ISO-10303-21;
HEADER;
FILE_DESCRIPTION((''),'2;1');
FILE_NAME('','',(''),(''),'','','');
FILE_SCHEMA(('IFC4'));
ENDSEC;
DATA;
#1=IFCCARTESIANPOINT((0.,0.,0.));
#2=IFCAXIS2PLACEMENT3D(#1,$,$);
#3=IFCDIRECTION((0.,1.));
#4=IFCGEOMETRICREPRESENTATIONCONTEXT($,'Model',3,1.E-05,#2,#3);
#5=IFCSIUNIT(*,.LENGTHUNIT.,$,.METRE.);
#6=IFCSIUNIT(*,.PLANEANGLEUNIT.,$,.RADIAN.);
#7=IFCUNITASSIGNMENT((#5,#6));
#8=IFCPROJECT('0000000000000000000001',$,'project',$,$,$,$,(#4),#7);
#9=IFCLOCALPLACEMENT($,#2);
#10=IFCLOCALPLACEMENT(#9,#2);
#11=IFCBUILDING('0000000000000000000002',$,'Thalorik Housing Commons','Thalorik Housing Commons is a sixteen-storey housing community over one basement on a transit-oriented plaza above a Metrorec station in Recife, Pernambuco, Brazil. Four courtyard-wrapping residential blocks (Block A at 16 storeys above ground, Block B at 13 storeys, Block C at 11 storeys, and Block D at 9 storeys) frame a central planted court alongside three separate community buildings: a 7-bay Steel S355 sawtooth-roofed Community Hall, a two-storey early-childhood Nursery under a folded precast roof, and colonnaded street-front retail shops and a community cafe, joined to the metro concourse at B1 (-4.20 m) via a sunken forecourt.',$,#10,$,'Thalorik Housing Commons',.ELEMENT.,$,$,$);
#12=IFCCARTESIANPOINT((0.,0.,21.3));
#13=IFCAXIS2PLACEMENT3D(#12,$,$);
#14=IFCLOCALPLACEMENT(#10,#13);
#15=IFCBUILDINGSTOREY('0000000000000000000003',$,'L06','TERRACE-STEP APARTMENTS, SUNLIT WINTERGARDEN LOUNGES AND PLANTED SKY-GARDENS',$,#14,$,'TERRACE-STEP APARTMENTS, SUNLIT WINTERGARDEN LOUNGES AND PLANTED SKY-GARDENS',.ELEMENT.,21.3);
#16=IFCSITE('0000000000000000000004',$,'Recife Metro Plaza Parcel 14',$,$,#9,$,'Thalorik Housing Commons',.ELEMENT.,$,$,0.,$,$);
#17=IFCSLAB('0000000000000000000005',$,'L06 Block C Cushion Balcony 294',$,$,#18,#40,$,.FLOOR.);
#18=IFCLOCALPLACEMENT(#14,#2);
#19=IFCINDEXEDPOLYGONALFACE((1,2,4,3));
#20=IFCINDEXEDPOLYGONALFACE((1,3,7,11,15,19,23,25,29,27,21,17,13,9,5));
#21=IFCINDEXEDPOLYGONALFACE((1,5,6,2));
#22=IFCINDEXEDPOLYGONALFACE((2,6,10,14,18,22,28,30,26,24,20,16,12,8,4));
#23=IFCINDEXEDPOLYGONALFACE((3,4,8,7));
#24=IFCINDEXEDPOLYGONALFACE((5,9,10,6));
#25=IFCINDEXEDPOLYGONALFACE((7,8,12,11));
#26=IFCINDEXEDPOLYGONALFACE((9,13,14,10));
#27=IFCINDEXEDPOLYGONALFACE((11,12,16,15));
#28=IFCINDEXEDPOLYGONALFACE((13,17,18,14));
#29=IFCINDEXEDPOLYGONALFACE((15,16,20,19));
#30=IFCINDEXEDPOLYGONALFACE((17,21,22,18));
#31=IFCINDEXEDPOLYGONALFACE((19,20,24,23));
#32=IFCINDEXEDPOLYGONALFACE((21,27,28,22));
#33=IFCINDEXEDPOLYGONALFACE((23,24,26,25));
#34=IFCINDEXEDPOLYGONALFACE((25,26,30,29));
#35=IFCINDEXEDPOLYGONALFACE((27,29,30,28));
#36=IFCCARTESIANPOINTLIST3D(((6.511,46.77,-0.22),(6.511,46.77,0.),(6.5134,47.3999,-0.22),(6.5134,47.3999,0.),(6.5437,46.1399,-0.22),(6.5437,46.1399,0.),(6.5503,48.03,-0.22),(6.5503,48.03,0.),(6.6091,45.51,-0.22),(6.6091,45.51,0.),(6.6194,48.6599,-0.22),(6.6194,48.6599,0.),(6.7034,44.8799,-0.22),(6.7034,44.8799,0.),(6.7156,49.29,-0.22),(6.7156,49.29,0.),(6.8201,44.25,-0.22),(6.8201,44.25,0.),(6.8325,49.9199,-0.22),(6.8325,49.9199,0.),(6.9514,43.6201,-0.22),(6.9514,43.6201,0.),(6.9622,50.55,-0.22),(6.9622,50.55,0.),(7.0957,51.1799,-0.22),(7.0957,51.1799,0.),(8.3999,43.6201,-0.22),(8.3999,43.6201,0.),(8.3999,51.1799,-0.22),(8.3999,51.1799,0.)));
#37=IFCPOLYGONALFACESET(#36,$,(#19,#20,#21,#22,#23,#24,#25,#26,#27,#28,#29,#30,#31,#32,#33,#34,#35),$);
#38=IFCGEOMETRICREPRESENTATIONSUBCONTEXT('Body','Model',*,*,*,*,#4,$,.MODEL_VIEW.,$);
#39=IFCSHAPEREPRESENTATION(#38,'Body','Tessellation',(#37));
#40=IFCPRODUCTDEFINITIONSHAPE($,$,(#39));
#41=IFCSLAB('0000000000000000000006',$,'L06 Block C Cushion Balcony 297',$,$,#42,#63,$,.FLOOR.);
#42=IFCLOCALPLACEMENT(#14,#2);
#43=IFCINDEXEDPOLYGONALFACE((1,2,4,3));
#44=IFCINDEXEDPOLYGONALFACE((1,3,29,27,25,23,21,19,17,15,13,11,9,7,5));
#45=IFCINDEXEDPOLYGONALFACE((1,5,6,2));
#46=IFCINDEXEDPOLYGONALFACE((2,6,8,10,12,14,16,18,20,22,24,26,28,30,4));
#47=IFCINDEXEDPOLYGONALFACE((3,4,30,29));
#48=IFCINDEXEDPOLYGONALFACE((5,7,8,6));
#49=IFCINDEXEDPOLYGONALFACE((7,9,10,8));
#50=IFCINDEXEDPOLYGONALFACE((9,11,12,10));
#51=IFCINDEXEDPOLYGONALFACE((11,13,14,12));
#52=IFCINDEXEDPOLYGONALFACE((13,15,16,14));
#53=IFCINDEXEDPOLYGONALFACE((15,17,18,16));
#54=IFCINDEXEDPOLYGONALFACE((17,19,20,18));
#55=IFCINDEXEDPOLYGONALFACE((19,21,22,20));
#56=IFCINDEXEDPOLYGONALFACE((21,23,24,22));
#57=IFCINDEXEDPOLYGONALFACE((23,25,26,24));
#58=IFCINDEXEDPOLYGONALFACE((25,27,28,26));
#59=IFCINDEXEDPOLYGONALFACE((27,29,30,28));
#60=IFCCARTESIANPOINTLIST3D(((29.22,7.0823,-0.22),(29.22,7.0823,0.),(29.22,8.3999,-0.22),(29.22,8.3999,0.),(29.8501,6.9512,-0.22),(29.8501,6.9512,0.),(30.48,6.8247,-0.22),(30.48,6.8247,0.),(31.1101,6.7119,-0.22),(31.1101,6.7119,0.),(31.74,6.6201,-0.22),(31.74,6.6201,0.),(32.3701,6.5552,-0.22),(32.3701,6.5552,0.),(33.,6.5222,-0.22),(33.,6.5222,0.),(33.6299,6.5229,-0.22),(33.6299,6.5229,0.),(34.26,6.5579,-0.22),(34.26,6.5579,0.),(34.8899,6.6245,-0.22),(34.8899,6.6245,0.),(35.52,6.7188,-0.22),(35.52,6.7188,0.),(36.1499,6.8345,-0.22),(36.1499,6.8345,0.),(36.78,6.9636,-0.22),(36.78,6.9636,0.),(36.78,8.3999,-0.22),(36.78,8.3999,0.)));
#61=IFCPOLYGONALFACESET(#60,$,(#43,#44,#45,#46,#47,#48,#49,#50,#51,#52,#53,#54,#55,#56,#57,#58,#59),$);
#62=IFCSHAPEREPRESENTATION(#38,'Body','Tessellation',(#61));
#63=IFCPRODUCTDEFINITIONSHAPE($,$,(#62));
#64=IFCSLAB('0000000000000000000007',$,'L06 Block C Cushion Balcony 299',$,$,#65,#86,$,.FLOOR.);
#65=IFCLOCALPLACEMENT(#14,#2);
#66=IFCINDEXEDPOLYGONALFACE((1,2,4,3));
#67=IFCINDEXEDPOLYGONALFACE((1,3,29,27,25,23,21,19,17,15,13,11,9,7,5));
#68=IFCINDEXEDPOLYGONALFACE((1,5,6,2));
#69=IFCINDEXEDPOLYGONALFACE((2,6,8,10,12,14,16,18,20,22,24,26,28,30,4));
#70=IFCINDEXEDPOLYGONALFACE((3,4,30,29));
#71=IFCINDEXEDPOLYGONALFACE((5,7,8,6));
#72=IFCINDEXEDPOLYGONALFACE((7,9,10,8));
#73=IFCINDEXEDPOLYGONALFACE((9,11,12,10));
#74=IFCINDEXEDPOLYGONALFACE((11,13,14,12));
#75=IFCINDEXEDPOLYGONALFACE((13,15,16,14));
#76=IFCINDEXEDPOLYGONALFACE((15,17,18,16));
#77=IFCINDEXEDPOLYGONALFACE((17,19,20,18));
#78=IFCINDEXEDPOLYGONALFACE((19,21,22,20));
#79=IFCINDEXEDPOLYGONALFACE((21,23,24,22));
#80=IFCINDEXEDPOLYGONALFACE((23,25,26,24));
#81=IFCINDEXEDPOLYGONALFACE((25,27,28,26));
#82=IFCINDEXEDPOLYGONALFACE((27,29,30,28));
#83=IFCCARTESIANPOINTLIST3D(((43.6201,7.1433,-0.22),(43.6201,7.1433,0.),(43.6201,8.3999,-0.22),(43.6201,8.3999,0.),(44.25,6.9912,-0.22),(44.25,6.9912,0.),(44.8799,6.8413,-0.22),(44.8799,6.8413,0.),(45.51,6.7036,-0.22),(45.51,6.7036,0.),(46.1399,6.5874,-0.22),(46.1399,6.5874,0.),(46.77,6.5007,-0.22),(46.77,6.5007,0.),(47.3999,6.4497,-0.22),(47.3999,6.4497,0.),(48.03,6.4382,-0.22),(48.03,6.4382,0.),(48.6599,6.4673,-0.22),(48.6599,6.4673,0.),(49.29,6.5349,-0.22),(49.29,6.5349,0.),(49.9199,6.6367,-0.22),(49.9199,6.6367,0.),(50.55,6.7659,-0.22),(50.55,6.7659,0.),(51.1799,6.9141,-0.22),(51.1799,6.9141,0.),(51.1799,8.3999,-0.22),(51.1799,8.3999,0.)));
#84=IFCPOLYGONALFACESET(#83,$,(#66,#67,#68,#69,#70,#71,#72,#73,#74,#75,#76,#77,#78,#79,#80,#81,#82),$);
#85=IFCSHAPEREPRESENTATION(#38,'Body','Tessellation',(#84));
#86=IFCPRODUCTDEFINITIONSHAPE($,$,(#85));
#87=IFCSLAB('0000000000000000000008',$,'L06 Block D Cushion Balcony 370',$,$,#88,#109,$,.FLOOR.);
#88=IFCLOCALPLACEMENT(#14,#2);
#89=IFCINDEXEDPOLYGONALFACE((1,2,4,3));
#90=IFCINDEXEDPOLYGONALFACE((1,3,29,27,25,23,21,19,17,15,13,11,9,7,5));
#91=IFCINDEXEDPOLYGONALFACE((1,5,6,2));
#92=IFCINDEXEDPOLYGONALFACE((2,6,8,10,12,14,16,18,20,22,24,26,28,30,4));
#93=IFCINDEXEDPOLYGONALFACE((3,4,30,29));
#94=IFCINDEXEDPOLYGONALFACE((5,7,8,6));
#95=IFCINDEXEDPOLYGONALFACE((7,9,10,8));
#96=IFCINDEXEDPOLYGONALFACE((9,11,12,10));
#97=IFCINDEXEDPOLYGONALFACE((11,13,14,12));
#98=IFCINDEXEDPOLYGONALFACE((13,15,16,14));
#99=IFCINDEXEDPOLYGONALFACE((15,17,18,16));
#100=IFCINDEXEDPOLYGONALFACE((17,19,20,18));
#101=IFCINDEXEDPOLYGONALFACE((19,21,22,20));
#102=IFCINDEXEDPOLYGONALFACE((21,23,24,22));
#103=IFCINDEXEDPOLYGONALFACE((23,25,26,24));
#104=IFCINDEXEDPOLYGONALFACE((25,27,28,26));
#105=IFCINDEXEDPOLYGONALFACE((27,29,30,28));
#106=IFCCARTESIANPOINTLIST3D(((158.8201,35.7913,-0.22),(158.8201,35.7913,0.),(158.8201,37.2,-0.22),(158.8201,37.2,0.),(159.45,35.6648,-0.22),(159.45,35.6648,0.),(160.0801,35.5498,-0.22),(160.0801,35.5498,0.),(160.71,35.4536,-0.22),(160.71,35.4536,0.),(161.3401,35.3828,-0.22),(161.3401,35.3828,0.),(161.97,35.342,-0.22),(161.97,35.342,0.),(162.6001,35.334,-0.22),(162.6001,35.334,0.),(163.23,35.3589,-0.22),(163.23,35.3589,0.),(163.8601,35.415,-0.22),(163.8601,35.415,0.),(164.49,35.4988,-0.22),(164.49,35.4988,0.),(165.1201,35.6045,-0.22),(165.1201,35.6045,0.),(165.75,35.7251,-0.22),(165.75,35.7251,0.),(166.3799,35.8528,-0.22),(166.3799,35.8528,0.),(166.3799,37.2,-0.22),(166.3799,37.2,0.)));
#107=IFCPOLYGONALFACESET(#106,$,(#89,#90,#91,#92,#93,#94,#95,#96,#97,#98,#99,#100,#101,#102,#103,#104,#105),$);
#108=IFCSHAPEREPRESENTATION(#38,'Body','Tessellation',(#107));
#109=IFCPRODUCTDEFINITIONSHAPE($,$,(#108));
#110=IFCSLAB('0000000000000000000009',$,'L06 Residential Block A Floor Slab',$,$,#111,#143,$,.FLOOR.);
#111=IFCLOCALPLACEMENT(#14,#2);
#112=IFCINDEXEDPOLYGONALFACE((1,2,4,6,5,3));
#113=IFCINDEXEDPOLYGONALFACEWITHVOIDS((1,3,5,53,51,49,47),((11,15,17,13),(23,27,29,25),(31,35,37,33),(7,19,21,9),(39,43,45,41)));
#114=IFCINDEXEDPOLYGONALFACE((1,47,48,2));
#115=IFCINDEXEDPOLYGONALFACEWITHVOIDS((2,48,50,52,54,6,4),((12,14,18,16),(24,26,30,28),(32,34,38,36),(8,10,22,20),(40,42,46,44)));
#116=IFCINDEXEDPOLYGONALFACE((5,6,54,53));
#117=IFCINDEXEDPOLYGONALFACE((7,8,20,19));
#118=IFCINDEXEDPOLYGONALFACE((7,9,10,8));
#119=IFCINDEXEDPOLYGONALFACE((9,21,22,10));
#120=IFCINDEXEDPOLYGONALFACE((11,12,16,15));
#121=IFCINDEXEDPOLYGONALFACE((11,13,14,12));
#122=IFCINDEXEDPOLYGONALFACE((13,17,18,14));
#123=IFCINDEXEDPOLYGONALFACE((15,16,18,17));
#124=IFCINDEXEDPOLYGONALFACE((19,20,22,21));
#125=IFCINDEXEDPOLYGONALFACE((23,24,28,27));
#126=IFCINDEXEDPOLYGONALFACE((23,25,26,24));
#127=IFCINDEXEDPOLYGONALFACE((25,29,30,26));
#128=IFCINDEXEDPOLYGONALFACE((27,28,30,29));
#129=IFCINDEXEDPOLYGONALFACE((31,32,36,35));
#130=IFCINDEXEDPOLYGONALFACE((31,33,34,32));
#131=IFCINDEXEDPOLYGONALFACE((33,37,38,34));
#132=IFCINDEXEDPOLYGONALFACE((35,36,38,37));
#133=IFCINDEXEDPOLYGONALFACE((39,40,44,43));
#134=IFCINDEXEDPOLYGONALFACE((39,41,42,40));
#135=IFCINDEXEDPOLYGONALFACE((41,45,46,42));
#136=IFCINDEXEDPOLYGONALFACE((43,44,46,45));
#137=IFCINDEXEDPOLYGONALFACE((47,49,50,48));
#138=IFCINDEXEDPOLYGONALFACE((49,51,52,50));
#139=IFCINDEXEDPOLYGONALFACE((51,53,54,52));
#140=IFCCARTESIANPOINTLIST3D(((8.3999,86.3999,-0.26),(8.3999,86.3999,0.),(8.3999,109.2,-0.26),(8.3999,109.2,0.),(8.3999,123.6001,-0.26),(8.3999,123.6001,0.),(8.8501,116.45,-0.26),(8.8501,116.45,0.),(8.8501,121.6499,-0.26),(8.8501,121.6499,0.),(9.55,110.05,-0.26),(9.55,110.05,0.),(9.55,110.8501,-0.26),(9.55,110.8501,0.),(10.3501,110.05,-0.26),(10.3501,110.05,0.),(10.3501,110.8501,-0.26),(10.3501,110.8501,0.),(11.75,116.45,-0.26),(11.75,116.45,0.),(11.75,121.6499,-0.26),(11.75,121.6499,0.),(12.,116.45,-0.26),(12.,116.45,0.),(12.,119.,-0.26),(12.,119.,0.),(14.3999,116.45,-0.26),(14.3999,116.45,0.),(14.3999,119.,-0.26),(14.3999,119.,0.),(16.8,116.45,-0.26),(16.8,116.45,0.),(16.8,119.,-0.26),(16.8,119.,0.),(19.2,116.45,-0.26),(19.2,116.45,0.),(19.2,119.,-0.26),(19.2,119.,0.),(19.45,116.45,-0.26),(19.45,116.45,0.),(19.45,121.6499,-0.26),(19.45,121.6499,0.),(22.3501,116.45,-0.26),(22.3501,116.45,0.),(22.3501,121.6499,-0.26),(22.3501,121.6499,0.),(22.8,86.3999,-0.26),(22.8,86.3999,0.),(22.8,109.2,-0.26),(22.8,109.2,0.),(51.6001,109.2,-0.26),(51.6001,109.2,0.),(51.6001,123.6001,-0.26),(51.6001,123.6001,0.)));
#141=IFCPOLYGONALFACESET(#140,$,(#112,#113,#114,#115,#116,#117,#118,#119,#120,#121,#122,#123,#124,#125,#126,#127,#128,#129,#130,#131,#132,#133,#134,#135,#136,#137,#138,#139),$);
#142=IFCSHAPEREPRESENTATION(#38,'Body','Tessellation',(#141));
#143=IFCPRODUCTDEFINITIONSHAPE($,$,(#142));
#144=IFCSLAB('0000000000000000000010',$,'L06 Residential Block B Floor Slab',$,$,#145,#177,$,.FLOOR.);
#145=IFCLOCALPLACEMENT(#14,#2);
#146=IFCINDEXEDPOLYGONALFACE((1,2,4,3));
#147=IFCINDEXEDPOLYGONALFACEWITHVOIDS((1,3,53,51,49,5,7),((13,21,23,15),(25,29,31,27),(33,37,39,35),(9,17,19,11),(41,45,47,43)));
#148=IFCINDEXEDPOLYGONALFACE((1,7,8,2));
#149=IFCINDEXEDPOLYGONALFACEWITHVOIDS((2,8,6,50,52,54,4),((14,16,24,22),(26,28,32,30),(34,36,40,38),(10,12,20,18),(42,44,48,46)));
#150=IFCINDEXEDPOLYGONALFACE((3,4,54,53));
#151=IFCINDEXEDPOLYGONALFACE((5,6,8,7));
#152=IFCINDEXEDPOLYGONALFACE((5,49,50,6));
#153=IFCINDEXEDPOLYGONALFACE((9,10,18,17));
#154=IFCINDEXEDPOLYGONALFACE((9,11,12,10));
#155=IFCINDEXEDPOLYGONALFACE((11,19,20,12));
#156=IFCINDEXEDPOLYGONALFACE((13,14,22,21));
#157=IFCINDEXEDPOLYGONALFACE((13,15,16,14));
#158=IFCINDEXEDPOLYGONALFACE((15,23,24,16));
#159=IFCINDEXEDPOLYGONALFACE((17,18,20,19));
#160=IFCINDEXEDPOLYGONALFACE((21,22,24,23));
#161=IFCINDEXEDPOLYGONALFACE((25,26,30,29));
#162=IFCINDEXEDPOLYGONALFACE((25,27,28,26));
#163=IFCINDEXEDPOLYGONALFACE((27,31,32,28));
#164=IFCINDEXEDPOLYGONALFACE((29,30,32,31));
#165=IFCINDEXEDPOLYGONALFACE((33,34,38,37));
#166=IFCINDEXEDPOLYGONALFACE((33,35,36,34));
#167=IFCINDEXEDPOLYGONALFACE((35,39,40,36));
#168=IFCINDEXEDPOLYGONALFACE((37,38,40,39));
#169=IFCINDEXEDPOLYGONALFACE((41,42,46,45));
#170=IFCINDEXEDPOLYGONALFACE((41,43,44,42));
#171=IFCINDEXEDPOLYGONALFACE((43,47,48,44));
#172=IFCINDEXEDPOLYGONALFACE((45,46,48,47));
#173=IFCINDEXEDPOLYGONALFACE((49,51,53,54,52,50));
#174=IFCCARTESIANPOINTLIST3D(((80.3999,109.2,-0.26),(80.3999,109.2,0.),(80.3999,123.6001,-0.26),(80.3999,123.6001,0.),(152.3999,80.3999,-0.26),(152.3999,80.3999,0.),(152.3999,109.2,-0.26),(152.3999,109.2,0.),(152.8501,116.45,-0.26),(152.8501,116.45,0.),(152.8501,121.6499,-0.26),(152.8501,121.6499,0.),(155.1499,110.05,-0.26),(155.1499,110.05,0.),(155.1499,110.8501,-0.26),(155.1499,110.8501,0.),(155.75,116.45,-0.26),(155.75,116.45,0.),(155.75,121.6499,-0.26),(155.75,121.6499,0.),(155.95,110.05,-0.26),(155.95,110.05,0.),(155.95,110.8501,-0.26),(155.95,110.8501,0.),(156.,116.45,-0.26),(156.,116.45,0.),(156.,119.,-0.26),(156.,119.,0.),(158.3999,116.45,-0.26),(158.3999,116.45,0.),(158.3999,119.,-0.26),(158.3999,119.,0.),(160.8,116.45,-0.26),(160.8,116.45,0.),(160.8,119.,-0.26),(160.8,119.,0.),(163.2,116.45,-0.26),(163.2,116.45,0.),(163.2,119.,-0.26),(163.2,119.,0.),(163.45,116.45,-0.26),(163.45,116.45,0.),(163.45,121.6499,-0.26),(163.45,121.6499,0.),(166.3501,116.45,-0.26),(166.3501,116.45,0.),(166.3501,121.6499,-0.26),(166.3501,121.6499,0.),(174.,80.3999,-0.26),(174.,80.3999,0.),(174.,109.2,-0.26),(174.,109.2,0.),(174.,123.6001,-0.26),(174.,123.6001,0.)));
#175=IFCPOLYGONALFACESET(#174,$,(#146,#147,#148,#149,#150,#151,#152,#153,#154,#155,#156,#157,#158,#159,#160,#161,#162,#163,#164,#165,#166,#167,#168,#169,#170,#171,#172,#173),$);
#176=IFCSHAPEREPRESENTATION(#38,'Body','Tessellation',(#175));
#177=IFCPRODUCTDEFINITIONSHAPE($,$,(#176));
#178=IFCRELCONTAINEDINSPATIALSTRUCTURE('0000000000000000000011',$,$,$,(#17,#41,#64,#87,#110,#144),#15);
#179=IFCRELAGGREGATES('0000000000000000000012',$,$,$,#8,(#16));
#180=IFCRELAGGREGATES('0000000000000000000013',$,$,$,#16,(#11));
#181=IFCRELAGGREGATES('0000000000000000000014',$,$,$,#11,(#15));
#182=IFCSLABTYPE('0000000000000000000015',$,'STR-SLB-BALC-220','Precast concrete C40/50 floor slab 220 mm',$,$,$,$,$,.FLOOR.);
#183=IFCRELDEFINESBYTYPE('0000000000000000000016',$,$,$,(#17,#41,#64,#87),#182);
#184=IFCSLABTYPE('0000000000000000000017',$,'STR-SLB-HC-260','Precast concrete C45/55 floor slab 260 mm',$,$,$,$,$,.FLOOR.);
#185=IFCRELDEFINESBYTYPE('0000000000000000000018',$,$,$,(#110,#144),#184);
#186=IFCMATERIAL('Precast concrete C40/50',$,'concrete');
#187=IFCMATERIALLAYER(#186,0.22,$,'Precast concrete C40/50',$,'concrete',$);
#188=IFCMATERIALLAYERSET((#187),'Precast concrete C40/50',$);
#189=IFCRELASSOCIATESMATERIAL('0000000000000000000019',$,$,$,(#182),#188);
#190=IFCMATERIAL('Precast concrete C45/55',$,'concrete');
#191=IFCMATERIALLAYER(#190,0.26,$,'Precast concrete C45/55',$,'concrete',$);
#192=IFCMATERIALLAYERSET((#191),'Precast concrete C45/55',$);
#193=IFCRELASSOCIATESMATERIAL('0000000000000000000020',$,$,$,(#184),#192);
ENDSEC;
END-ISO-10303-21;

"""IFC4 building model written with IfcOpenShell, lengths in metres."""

from ifc_helpers import new_model, si_unit, direction, frame, origin, place, context, subcontext, project, spatial, polyline, outline, extrude, material, layer, layer_set, type_object, element, save


model = new_model("IFC4")

# Units and contexts
model_context = context("Model", 3, precision=1e-05, world=origin(), true_north=direction((0.0, 1.0)))
body_context = subcontext(model_context, "Body", "Model", "MODEL_VIEW")
ifc_project = project(units=[si_unit("LENGTHUNIT", "METRE"), si_unit("PLANEANGLEUNIT", "RADIAN")], contexts=[model_context])

# Site, building, storey
site_placement = place(None, origin())
site = spatial("IfcSite", under=ifc_project, at=site_placement, Name="Recife Metro Plaza Parcel 14", LongName="Thalorik Housing Commons", CompositionType="ELEMENT", RefElevation=0.0)
building_placement = place(site_placement, origin())
building = spatial("IfcBuilding", under=site, at=building_placement, Name="Thalorik Housing Commons", Description="Thalorik Housing Commons is a sixteen-storey housing community over one basement on a transit-oriented plaza above a Metrorec station in Recife, Pernambuco, Brazil. Four courtyard-wrapping residential blocks (Block A at 16 storeys above ground, Block B at 13 storeys, Block C at 11 storeys, and Block D at 9 storeys) frame a central planted court alongside three separate community buildings: a 7-bay Steel S355 sawtooth-roofed Community Hall, a two-storey early-childhood Nursery under a folded precast roof, and colonnaded street-front retail shops and a community cafe, joined to the metro concourse at B1 (-4.20 m) via a sunken forecourt.", LongName="Thalorik Housing Commons", CompositionType="ELEMENT")
storey_placement = place(building_placement, frame((0.0, 0.0, 21.3)))
storey = spatial("IfcBuildingStorey", under=building, at=storey_placement, Name="L06", Description="TERRACE-STEP APARTMENTS, SUNLIT WINTERGARDEN LOUNGES AND PLANTED SKY-GARDENS", LongName="TERRACE-STEP APARTMENTS, SUNLIT WINTERGARDEN LOUNGES AND PLANTED SKY-GARDENS", CompositionType="ELEMENT", Elevation=21.3)

# Slabs
ifc_material_1 = material(Name="Precast concrete C40/50", Category="concrete")
ifc_layer_1 = layer(ifc_material_1, 0.22, Name="Precast concrete C40/50", Category="concrete")
ifc_layer_set_1 = layer_set([ifc_layer_1], Name="Precast concrete C40/50")
slab_type_1 = type_object("IfcSlabType", Name="STR-SLB-BALC-220", Description="Precast concrete C40/50 floor slab 220 mm", PredefinedType="FLOOR", material=ifc_layer_set_1)
slab_1_placement = place(storey_placement, frame((0.0, 0.0, -0.22)))
element("IfcSlab", 1, at=slab_1_placement, inside=storey, type_object=slab_type_1, Name="L06 Block C Cushion Balcony 294", PredefinedType="FLOOR", context=body_context, shape_type="SweptSolid", body=[
    extrude(outline(polyline([(8.3999, 43.6201), (8.3999, 51.1799), (7.0957, 51.1799), (6.9622, 50.55), (6.8325, 49.9199), (6.7156, 49.29), (6.6194, 48.6599), (6.5503, 48.03), (6.5134, 47.3999), (6.511, 46.77), (6.5437, 46.1399), (6.6091, 45.51), (6.7034, 44.8799), (6.8201, 44.25), (6.9514, 43.6201), (8.3999, 43.6201)])), origin(), (0.0, 0.0, 1.0), 0.22),
])
slab_2_placement = place(storey_placement, frame((0.0, 0.0, -0.22)))
element("IfcSlab", 2, at=slab_2_placement, inside=storey, type_object=slab_type_1, Name="L06 Block C Cushion Balcony 297", PredefinedType="FLOOR", context=body_context, shape_type="SweptSolid", body=[
    extrude(outline(polyline([(29.22, 7.0823), (29.8501, 6.9512), (30.48, 6.8247), (31.1101, 6.7119), (31.74, 6.6201), (32.3701, 6.5552), (33.0, 6.5222), (33.6299, 6.5229), (34.26, 6.5579), (34.8899, 6.6245), (35.52, 6.7188), (36.1499, 6.8345), (36.78, 6.9636), (36.78, 8.3999), (29.22, 8.3999), (29.22, 7.0823)])), origin(), (0.0, 0.0, 1.0), 0.22),
])
slab_3_placement = place(storey_placement, frame((0.0, 0.0, -0.22)))
element("IfcSlab", 3, at=slab_3_placement, inside=storey, type_object=slab_type_1, Name="L06 Block C Cushion Balcony 299", PredefinedType="FLOOR", context=body_context, shape_type="SweptSolid", body=[
    extrude(outline(polyline([(43.6201, 7.1433), (44.25, 6.9912), (44.8799, 6.8413), (45.51, 6.7036), (46.1399, 6.5874), (46.77, 6.5007), (47.3999, 6.4497), (48.03, 6.4382), (48.6599, 6.4673), (49.29, 6.5349), (49.9199, 6.6367), (50.55, 6.7659), (51.1799, 6.9141), (51.1799, 8.3999), (43.6201, 8.3999), (43.6201, 7.1433)])), origin(), (0.0, 0.0, 1.0), 0.22),
])
slab_4_placement = place(storey_placement, frame((0.0, 0.0, -0.22)))
element("IfcSlab", 4, at=slab_4_placement, inside=storey, type_object=slab_type_1, Name="L06 Block D Cushion Balcony 370", PredefinedType="FLOOR", context=body_context, shape_type="SweptSolid", body=[
    extrude(outline(polyline([(158.8201, 35.7913), (159.45, 35.6648), (160.0801, 35.5498), (160.71, 35.4536), (161.3401, 35.3828), (161.97, 35.342), (162.6001, 35.334), (163.23, 35.3589), (163.8601, 35.415), (164.49, 35.4988), (165.1201, 35.6045), (165.75, 35.7251), (166.3799, 35.8528), (166.3799, 37.2), (158.8201, 37.2), (158.8201, 35.7913)])), origin(), (0.0, 0.0, 1.0), 0.22),
])
ifc_material_2 = material(Name="Precast concrete C45/55", Category="concrete")
ifc_layer_2 = layer(ifc_material_2, 0.26, Name="Precast concrete C45/55", Category="concrete")
ifc_layer_set_2 = layer_set([ifc_layer_2], Name="Precast concrete C45/55")
slab_type_2 = type_object("IfcSlabType", Name="STR-SLB-HC-260", Description="Precast concrete C45/55 floor slab 260 mm", PredefinedType="FLOOR", material=ifc_layer_set_2)
slab_5_placement = place(storey_placement, frame((0.0, 0.0, -0.26)))
element("IfcSlab", 5, at=slab_5_placement, inside=storey, type_object=slab_type_2, Name="L06 Residential Block A Floor Slab", PredefinedType="FLOOR", context=body_context, shape_type="SweptSolid", body=[
    extrude(outline(polyline([(8.3999, 123.6001), (8.3999, 109.2), (8.3999, 86.3999), (22.8, 86.3999), (22.8, 109.2), (51.6001, 109.2), (51.6001, 123.6001), (8.3999, 123.6001)]), holes=[polyline([(8.8501, 121.6499), (11.75, 121.6499), (11.75, 116.45), (8.8501, 116.45), (8.8501, 121.6499)]), polyline([(22.3501, 121.6499), (22.3501, 116.45), (19.45, 116.45), (19.45, 121.6499), (22.3501, 121.6499)]), polyline([(14.3999, 119.0), (14.3999, 116.45), (12.0, 116.45), (12.0, 119.0), (14.3999, 119.0)]), polyline([(19.2, 116.45), (16.8, 116.45), (16.8, 119.0), (19.2, 119.0), (19.2, 116.45)]), polyline([(9.55, 110.05), (9.55, 110.8501), (10.3501, 110.8501), (10.3501, 110.05), (9.55, 110.05)])]), origin(), (0.0, 0.0, 1.0), 0.26),
])
slab_6_placement = place(storey_placement, frame((0.0, 0.0, -0.26)))
element("IfcSlab", 6, at=slab_6_placement, inside=storey, type_object=slab_type_2, Name="L06 Residential Block B Floor Slab", PredefinedType="FLOOR", context=body_context, shape_type="SweptSolid", body=[
    extrude(outline(polyline([(80.3999, 109.2), (152.3999, 109.2), (152.3999, 80.3999), (174.0, 80.3999), (174.0, 109.2), (174.0, 123.6001), (80.3999, 123.6001), (80.3999, 109.2)]), holes=[polyline([(152.8501, 121.6499), (155.75, 121.6499), (155.75, 116.45), (152.8501, 116.45), (152.8501, 121.6499)]), polyline([(166.3501, 121.6499), (166.3501, 116.45), (163.45, 116.45), (163.45, 121.6499), (166.3501, 121.6499)]), polyline([(158.3999, 119.0), (158.3999, 116.45), (156.0, 116.45), (156.0, 119.0), (158.3999, 119.0)]), polyline([(163.2, 116.45), (160.8, 116.45), (160.8, 119.0), (163.2, 119.0), (163.2, 116.45)]), polyline([(155.1499, 110.05), (155.1499, 110.8501), (155.95, 110.8501), (155.95, 110.05), (155.1499, 110.05)])]), origin(), (0.0, 0.0, 1.0), 0.26),
])

save(model, "model.ifc")
